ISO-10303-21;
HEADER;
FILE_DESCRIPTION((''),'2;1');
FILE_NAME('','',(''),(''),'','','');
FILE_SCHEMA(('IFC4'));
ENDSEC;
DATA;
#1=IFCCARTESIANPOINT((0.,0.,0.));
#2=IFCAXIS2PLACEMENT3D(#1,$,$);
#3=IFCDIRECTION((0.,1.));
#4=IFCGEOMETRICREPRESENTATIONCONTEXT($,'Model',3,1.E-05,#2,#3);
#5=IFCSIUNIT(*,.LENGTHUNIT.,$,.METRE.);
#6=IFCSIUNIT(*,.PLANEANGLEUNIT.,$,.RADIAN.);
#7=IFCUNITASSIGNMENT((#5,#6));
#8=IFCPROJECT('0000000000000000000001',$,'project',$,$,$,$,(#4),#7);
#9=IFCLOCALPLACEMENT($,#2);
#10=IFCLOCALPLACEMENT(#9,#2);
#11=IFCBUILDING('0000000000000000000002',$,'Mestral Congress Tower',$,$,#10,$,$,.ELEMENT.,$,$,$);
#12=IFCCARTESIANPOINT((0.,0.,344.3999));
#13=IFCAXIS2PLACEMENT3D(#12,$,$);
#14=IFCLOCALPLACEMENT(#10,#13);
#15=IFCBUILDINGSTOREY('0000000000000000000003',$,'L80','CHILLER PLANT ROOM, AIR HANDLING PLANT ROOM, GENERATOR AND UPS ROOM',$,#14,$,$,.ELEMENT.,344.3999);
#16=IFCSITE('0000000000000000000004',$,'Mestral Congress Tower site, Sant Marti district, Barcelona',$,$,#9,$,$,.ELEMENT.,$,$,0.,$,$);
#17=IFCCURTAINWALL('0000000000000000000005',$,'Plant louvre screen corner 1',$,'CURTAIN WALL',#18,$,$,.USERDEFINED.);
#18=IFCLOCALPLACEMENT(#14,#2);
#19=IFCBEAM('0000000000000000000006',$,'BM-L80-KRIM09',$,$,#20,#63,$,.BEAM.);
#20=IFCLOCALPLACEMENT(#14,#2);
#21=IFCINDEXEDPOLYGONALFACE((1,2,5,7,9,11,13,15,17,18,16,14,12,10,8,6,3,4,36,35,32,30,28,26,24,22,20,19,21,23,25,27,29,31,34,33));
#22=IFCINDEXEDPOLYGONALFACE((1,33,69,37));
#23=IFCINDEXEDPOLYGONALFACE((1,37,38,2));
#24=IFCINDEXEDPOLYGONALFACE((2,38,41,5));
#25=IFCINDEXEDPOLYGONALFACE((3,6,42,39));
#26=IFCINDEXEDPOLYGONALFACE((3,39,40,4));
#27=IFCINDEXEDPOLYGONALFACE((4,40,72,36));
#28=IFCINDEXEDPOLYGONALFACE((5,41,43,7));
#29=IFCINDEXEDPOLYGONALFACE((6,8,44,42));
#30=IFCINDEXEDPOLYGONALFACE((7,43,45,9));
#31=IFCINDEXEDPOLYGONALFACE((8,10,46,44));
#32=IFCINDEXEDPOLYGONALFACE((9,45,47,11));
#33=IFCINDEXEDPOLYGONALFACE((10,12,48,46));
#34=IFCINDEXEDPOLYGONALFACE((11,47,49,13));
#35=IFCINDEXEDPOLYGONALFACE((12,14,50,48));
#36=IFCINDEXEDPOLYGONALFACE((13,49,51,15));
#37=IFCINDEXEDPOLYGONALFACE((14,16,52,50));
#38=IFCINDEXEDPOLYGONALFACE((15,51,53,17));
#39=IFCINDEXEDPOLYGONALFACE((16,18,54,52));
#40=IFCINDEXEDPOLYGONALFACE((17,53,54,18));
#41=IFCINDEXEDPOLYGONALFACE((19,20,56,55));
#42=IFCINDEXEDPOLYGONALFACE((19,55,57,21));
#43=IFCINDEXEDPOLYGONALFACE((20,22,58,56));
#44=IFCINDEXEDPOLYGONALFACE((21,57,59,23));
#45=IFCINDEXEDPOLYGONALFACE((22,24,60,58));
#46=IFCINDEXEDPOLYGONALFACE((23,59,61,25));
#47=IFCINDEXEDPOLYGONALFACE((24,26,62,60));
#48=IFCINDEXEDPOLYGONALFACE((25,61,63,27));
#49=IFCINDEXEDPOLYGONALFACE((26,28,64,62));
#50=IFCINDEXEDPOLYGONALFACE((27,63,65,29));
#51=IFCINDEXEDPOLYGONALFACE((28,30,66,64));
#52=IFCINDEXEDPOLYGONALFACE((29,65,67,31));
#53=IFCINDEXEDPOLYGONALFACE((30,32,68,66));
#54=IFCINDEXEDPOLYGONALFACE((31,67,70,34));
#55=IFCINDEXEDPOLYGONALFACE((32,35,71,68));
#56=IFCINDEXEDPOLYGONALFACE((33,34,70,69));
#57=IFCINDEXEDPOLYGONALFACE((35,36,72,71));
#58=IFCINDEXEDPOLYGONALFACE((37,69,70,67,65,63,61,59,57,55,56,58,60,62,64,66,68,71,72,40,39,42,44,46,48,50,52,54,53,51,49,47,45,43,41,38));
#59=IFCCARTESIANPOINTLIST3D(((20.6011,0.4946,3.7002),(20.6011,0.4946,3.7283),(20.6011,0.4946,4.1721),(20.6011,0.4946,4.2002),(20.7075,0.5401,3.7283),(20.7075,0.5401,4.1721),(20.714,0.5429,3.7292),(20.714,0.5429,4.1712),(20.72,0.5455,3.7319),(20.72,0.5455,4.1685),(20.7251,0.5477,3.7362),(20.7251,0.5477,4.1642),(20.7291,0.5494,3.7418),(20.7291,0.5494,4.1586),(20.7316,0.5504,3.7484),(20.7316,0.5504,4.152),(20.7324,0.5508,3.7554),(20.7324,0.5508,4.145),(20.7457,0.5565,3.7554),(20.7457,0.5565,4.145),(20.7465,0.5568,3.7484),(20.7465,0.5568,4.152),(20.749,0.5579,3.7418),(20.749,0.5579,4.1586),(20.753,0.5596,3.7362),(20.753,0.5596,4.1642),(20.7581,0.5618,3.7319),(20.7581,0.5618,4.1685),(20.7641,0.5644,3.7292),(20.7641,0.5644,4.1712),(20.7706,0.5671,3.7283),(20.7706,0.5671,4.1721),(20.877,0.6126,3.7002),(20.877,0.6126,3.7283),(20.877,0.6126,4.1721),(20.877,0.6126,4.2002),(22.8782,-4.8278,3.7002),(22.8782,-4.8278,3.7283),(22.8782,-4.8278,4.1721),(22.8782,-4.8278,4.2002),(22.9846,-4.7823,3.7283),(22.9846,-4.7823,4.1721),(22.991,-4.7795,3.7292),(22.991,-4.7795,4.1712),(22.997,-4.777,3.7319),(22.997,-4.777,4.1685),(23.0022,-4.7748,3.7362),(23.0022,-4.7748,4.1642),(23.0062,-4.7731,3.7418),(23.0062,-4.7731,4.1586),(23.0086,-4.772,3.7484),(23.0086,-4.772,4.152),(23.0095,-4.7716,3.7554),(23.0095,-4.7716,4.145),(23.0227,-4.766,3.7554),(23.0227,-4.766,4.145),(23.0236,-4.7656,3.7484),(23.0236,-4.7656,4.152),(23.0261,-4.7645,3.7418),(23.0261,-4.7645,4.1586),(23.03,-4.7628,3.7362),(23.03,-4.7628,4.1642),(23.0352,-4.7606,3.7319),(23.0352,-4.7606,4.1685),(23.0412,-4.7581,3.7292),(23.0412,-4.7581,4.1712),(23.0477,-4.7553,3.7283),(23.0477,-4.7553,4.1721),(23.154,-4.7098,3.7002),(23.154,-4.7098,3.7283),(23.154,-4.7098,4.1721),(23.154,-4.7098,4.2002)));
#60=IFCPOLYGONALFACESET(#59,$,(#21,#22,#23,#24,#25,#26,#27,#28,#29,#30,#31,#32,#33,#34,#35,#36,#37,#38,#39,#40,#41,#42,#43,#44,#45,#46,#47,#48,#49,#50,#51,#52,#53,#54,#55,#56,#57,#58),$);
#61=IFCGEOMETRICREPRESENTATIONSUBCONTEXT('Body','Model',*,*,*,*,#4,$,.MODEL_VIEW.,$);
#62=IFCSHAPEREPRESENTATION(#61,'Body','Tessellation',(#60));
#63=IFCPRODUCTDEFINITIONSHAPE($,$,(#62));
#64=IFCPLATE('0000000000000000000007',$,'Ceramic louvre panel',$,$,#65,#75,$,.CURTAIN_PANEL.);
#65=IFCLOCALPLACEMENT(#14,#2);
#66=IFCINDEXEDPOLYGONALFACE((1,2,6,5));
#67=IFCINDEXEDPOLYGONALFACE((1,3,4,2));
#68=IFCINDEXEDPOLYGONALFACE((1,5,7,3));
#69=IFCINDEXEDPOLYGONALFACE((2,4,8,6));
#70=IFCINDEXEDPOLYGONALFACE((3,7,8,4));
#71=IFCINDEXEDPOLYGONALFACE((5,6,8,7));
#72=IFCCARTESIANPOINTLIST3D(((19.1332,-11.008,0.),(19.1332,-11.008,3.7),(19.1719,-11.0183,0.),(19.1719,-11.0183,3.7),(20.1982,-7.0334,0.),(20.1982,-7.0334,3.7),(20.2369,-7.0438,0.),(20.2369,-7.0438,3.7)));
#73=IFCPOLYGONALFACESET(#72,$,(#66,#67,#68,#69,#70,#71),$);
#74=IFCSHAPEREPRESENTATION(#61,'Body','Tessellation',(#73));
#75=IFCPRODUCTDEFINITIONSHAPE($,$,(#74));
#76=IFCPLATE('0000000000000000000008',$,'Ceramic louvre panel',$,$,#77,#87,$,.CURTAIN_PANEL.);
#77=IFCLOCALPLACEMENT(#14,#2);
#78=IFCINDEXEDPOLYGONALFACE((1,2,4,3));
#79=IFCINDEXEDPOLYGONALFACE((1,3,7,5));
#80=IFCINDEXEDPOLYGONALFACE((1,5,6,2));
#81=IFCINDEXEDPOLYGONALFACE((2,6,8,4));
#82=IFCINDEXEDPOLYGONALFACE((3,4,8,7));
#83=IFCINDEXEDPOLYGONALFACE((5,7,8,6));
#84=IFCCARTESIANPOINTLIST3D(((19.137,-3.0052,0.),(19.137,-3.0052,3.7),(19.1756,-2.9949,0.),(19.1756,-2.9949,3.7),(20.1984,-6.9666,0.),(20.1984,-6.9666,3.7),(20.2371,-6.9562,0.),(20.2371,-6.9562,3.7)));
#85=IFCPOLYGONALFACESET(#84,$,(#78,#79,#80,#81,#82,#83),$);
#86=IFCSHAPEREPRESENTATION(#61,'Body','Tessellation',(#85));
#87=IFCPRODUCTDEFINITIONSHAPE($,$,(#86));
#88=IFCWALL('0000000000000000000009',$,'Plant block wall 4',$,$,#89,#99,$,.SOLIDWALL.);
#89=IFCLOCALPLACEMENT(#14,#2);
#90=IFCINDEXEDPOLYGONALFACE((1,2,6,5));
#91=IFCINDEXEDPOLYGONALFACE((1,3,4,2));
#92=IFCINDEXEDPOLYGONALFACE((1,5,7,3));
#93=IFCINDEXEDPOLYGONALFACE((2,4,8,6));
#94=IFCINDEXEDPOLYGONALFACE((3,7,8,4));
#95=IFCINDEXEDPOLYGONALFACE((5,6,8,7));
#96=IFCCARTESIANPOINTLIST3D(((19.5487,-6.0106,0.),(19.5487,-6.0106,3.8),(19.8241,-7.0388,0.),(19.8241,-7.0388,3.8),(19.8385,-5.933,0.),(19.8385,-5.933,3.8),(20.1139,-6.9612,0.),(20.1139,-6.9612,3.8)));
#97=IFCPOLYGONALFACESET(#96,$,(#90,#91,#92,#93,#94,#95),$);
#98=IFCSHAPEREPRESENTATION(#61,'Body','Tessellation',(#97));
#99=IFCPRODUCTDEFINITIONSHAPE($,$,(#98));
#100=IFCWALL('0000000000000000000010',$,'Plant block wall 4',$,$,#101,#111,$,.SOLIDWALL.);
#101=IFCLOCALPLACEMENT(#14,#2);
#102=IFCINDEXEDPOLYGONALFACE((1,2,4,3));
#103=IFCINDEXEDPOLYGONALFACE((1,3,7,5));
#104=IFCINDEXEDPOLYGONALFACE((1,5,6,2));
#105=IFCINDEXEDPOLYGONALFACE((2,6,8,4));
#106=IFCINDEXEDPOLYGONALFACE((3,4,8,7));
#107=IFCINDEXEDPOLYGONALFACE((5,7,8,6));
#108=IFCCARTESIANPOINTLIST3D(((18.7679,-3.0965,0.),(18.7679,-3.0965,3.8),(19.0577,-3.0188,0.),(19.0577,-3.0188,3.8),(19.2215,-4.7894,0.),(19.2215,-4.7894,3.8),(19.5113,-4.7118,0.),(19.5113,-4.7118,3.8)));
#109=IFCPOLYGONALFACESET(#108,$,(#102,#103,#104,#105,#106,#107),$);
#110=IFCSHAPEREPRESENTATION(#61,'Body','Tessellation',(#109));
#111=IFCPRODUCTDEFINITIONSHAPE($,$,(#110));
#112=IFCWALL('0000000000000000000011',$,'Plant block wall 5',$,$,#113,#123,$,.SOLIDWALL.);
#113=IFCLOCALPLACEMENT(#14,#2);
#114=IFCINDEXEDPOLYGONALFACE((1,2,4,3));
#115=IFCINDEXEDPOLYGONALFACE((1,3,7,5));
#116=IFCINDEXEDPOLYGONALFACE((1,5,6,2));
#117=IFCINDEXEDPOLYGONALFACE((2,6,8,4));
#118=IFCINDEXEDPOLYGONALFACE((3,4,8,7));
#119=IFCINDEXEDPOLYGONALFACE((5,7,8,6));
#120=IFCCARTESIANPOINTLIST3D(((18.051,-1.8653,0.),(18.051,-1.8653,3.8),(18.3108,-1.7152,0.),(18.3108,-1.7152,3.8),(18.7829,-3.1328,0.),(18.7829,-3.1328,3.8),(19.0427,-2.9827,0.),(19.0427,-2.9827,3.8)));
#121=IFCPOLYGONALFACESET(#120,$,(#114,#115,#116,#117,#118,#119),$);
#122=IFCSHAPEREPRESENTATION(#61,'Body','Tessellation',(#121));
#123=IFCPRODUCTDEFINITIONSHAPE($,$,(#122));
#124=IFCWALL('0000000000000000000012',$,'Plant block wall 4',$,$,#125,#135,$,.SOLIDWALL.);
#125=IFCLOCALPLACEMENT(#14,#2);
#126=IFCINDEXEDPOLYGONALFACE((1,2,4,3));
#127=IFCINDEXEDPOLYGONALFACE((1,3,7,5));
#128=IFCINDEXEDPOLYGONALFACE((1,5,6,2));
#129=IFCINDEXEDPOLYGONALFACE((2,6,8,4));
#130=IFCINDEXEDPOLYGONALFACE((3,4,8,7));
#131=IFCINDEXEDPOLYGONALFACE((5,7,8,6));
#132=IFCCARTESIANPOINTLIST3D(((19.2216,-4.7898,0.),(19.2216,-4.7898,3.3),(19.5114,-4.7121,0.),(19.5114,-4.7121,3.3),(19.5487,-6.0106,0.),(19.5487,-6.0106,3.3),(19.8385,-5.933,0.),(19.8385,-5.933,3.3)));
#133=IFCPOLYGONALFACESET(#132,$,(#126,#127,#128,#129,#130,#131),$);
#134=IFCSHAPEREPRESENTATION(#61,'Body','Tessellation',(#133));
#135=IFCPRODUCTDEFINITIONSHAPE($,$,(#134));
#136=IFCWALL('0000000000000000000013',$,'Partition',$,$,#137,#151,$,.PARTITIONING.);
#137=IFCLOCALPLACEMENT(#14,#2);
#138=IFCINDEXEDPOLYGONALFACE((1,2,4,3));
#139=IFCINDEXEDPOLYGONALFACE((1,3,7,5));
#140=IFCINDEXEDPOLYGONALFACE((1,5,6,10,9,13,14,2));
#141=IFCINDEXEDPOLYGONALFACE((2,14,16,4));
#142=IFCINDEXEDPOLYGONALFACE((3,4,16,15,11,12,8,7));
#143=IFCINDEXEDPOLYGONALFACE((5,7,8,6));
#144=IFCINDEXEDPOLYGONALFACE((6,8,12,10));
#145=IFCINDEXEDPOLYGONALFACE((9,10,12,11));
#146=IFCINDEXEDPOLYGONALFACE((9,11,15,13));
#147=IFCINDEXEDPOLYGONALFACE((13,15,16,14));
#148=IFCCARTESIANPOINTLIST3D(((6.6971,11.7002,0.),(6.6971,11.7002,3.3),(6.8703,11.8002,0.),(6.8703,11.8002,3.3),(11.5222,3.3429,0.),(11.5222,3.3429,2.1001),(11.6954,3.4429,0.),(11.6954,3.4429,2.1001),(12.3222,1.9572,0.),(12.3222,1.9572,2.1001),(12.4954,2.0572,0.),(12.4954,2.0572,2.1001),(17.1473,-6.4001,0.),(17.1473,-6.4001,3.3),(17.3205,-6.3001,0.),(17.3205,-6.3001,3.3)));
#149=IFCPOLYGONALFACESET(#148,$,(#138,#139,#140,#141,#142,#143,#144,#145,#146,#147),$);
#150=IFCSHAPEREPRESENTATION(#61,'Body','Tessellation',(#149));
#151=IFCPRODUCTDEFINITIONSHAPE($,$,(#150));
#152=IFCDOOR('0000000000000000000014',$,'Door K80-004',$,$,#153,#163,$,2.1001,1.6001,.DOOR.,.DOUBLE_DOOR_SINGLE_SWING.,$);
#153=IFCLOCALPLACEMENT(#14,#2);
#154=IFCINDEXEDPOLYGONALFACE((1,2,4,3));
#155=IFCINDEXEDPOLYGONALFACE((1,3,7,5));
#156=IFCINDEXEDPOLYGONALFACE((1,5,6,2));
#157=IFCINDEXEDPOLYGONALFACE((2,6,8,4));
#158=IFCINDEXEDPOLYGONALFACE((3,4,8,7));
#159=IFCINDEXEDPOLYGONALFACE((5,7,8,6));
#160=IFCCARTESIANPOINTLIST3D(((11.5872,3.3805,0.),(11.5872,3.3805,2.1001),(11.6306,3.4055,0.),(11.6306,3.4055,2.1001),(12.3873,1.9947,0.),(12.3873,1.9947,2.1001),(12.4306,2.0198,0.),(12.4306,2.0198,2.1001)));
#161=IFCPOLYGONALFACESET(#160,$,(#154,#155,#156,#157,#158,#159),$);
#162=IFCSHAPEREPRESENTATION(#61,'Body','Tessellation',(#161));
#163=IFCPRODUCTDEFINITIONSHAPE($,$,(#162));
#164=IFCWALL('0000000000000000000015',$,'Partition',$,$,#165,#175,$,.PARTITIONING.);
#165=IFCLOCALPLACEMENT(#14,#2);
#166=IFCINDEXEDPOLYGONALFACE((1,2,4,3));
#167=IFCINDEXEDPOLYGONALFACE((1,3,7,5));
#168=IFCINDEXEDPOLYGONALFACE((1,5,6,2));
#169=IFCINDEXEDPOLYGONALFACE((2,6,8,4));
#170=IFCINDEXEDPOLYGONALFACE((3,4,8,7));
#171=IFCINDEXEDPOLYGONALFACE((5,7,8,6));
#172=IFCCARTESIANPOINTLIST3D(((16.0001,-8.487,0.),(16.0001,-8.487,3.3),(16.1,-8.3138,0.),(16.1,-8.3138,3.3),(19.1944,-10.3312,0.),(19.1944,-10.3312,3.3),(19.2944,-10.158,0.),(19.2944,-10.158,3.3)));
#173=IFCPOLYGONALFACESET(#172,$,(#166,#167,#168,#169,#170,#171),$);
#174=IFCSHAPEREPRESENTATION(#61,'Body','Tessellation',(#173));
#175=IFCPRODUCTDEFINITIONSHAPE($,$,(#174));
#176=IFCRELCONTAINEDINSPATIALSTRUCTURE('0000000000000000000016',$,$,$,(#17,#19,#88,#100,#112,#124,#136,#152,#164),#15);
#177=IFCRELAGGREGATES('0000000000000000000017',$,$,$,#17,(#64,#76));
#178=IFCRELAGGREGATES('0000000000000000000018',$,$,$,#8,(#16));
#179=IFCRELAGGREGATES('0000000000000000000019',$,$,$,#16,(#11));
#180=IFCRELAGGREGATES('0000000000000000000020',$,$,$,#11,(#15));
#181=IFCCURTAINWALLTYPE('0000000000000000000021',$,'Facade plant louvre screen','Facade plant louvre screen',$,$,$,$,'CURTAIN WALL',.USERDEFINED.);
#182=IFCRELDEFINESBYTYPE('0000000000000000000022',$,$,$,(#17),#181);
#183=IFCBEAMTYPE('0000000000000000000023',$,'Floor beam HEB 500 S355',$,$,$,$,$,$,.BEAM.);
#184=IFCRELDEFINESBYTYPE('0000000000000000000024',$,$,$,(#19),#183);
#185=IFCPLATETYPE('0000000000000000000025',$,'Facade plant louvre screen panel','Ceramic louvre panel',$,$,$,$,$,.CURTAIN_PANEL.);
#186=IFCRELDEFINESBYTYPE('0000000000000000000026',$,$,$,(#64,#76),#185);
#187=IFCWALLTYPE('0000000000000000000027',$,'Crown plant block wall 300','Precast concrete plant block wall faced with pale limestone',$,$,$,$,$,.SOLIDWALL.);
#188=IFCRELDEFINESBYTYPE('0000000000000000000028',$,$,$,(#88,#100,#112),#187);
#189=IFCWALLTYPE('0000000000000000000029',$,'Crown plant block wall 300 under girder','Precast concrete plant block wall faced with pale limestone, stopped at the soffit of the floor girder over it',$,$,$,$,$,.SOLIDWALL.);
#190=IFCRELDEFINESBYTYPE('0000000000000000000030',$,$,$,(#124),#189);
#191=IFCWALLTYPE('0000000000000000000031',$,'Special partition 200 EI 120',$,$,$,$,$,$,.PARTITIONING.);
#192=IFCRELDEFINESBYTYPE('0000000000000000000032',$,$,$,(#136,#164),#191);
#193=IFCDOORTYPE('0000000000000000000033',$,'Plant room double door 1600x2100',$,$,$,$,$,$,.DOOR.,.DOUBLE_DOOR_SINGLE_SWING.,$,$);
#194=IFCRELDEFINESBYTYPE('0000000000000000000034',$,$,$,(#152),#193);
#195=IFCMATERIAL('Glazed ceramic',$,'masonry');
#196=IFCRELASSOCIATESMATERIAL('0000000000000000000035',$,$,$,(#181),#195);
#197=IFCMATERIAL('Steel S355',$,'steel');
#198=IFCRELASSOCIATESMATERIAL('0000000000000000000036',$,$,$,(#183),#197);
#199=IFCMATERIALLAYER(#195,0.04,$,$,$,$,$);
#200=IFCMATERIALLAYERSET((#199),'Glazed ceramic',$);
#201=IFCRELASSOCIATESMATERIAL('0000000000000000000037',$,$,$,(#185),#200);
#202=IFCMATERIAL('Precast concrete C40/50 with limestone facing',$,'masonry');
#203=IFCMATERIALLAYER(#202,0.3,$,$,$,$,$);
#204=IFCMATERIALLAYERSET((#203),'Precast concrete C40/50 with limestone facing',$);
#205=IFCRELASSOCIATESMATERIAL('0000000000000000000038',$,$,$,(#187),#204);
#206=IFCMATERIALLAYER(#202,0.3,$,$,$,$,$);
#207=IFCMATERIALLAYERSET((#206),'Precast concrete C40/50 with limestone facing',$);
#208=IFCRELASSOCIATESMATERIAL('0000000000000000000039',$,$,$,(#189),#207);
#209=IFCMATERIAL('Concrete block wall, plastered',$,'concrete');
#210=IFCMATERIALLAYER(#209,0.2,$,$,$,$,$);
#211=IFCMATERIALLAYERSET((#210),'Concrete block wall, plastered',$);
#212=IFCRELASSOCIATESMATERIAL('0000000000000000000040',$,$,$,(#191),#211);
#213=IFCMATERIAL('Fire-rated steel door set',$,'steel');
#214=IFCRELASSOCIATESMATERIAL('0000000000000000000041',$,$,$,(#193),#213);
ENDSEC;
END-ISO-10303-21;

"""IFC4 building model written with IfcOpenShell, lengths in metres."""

from ifc_helpers import new_model, si_unit, direction, frame, frame_2d, origin, origin_2d, place, context, subcontext, project, spatial, rectangle, i_section, extrude, material, layer, layer_set, material_profile, profile_set, type_object, element, fill, aggregate, save


model = new_model("IFC4")

# Units and contexts
model_context = context("Model", 3, precision=1e-05, world=origin(), true_north=direction((0.0, 1.0)))
body_context = subcontext(model_context, "Body", "Model", "MODEL_VIEW")
ifc_project = project(units=[si_unit("LENGTHUNIT", "METRE"), si_unit("PLANEANGLEUNIT", "RADIAN")], contexts=[model_context])

# Site, building, storey
site_placement = place(None, origin())
site = spatial("IfcSite", under=ifc_project, at=site_placement, Name="Mestral Congress Tower site, Sant Marti district, Barcelona", CompositionType="ELEMENT", RefElevation=0.0)
building_placement = place(site_placement, origin())
building = spatial("IfcBuilding", under=site, at=building_placement, Name="Mestral Congress Tower", CompositionType="ELEMENT")
storey_placement = place(building_placement, frame((0.0, 0.0, 344.3999)))
storey = spatial("IfcBuildingStorey", under=building, at=storey_placement, Name="L80", Description="CHILLER PLANT ROOM, AIR HANDLING PLANT ROOM, GENERATOR AND UPS ROOM", CompositionType="ELEMENT", Elevation=344.3999)

# Shared definitions
ifc_material_1 = material(Name="Steel S355", Category="steel")

# Curtain wall
ifc_material_2 = material(Name="Glazed ceramic", Category="masonry")
curtain_wall_type = type_object("IfcCurtainWallType", Name="Facade plant louvre screen", Description="Facade plant louvre screen", ElementType="CURTAIN WALL", PredefinedType="USERDEFINED", material=ifc_material_2)
placement = place(storey_placement, origin())
curtain_wall_1 = element("IfcCurtainWall", 1, at=placement, inside=storey, type_object=curtain_wall_type, Name="Plant louvre screen corner 1", ObjectType="CURTAIN WALL", PredefinedType="USERDEFINED")

# Beam
ifc_material_profile_1 = material_profile(ifc_material_1, i_section(OverallWidth=0.3, OverallDepth=0.5, WebThickness=0.0144, FlangeThickness=0.0281, FilletRadius=0.0271, at=origin_2d()), Name="HEB 500")
ifc_profile_set_1 = profile_set([ifc_material_profile_1], Name="Steel S355")
beam_type_1 = type_object("IfcBeamType", Name="Floor beam HEB 500 S355", PredefinedType="BEAM", material=ifc_profile_set_1)
beam_1_placement = place(storey_placement, frame((23.0161, -4.7688, 3.9502), z_axis=(-0.393339, 0.919394, 0.0), x_axis=(-0.919394, -0.393339, 0.0)))
element("IfcBeam", 2, at=beam_1_placement, inside=storey, type_object=beam_type_1, Name="BM-L80-KRIM09", PredefinedType="BEAM", context=body_context, shape_type="SweptSolid", body=[
    extrude(i_section(OverallWidth=0.3, OverallDepth=0.5, WebThickness=0.0144, FlangeThickness=0.0281, FilletRadius=0.0271, at=origin_2d()), origin(), (0.0, 0.0, 1.0), 5.7891),
])

# Plates
ifc_layer_1 = layer(ifc_material_2, 0.04)
ifc_layer_set_1 = layer_set([ifc_layer_1], Name="Glazed ceramic")
plate_type = type_object("IfcPlateType", Name="Facade plant louvre screen panel", Description="Ceramic louvre panel", PredefinedType="CURTAIN_PANEL", material=ifc_layer_set_1)
plate_1_placement = place(storey_placement, frame((19.6851, -9.0259, 0.0), z_axis=(0.0, 0.0, 1.0), x_axis=(0.258819, 0.965926, 0.0)))
plate_1 = element("IfcPlate", 3, at=plate_1_placement, type_object=plate_type, Name="Ceramic louvre panel", PredefinedType="CURTAIN_PANEL", context=body_context, shape_type="SweptSolid", body=[
    extrude(rectangle(XDim=4.1147, YDim=0.04, at=origin_2d()), origin(), (0.0, 0.0, 1.0), 3.7),
])
plate_2_placement = place(storey_placement, frame((19.687, -4.9807, 0.0), z_axis=(0.0, 0.0, 1.0), x_axis=(-0.258819, 0.965926, 0.0)))
plate_2 = element("IfcPlate", 4, at=plate_2_placement, type_object=plate_type, Name="Ceramic louvre panel", PredefinedType="CURTAIN_PANEL", context=body_context, shape_type="SweptSolid", body=[
    extrude(rectangle(XDim=4.1011, YDim=0.04, at=origin_2d()), origin(), (0.0, 0.0, 1.0), 3.7),
])
aggregate(curtain_wall_1, [plate_1, plate_2])

# Walls
ifc_material_3 = material(Name="Precast concrete C40/50 with limestone facing", Category="masonry")
ifc_layer_2 = layer(ifc_material_3, 0.3)
ifc_layer_set_2 = layer_set([ifc_layer_2], Name="Precast concrete C40/50 with limestone facing")
wall_type_1 = type_object("IfcWallType", Name="Crown plant block wall 300", Description="Precast concrete plant block wall faced with pale limestone", PredefinedType="SOLIDWALL", material=ifc_layer_set_2)
wall_1_placement = place(storey_placement, frame((19.969, -7.0, 0.0), z_axis=(0.0, 0.0, 1.0), x_axis=(-0.25869, 0.96596, 0.0)))
element("IfcWall", 5, at=wall_1_placement, inside=storey, type_object=wall_type_1, Name="Plant block wall 4", PredefinedType="SOLIDWALL", context=body_context, shape_type="SweptSolid", body=[
    extrude(rectangle(XDim=1.0645, YDim=0.3, at=frame_2d((0.5322, 0.0))), origin(), (0.0, 0.0, 1.0), 3.8),
])
wall_2_placement = place(storey_placement, frame((19.3665, -4.7507, 0.0), z_axis=(0.0, 0.0, 1.0), x_axis=(-0.258824, 0.965924, 0.0)))
element("IfcWall", 6, at=wall_2_placement, inside=storey, type_object=wall_type_1, Name="Plant block wall 4", PredefinedType="SOLIDWALL", context=body_context, shape_type="SweptSolid", body=[
    extrude(rectangle(XDim=1.7527, YDim=0.3, at=frame_2d((0.8765, 0.0))), origin(), (0.0, 0.0, 1.0), 3.8),
])
wall_3_placement = place(storey_placement, frame((18.9128, -3.0579, 0.0), z_axis=(0.0, 0.0, 1.0), x_axis=(-0.50005, 0.865997, 0.0)))
element("IfcWall", 7, at=wall_3_placement, inside=storey, type_object=wall_type_1, Name="Plant block wall 5", PredefinedType="SOLIDWALL", context=body_context, shape_type="SweptSolid", body=[
    extrude(rectangle(XDim=1.4636, YDim=0.3, at=frame_2d((0.7319, 0.0))), origin(), (0.0, 0.0, 1.0), 3.8),
])
ifc_layer_3 = layer(ifc_material_3, 0.3)
ifc_layer_set_3 = layer_set([ifc_layer_3], Name="Precast concrete C40/50 with limestone facing")
wall_type_2 = type_object("IfcWallType", Name="Crown plant block wall 300 under girder", Description="Precast concrete plant block wall faced with pale limestone, stopped at the soffit of the floor girder over it", PredefinedType="SOLIDWALL", material=ifc_layer_set_3)
wall_4_placement = place(storey_placement, frame((19.6936, -5.9717, 0.0), z_axis=(0.0, 0.0, 1.0), x_axis=(-0.258817, 0.965926, 0.0)))
element("IfcWall", 8, at=wall_4_placement, inside=storey, type_object=wall_type_2, Name="Plant block wall 4", PredefinedType="SOLIDWALL", context=body_context, shape_type="SweptSolid", body=[
    extrude(rectangle(XDim=1.2639, YDim=0.3, at=frame_2d((0.6318, 0.0))), origin(), (0.0, 0.0, 1.0), 3.3),
])

# Wall, opening, door
ifc_material_4 = material(Name="Concrete block wall, plastered", Category="concrete")
ifc_layer_4 = layer(ifc_material_4, 0.2)
ifc_layer_set_4 = layer_set([ifc_layer_4], Name="Concrete block wall, plastered")
wall_type_3 = type_object("IfcWallType", Name="Special partition 200 EI 120", PredefinedType="PARTITIONING", material=ifc_layer_set_4)
wall_5_placement = place(storey_placement, frame((17.2339, -6.3501, 0.0), z_axis=(0.0, 0.0, 1.0), x_axis=(-0.499998, 0.866026, 0.0)))
wall_5 = element("IfcWall", 9, at=wall_5_placement, inside=storey, type_object=wall_type_3, Name="Partition", PredefinedType="PARTITIONING", context=body_context, shape_type="SweptSolid", body=[
    extrude(rectangle(XDim=20.9004, YDim=0.2, at=frame_2d((10.4502, 0.0))), origin(), (0.0, 0.0, 1.0), 3.3),
])
opening_placement = place(wall_5_placement, frame((9.6501, 0.0, 0.0)))
opening = element("IfcOpeningElement", 10, at=opening_placement, cuts=wall_5, PredefinedType="OPENING", context=body_context, shape_type="SweptSolid", body=[
    extrude(rectangle(XDim=1.6001, YDim=2.1001, at=frame_2d((0.8, 1.05))), frame((0.0, 0.1099, 0.0), z_axis=(0.0, -1.0, 0.0), x_axis=(1.0, 0.0, 0.0)), (0.0, 0.0, 1.0), 0.22),
])
ifc_material_5 = material(Name="Fire-rated steel door set", Category="steel")
door_type = type_object("IfcDoorType", Name="Plant room double door 1600x2100", OperationType="DOUBLE_DOOR_SINGLE_SWING", PredefinedType="DOOR", material=ifc_material_5)
door_placement = place(opening_placement, origin())
door = element("IfcDoor", 11, at=door_placement, inside=storey, type_object=door_type, Name="Door K80-004", OperationType="DOUBLE_DOOR_SINGLE_SWING", OverallHeight=2.1001, OverallWidth=1.6001, PredefinedType="DOOR", context=body_context, shape_type="SweptSolid", body=[
    extrude(rectangle(XDim=1.6001, YDim=2.1001, at=frame_2d((0.8, 1.05))), frame((0.0, 0.0249, 0.0), z_axis=(0.0, -1.0, 0.0), x_axis=(1.0, 0.0, 0.0)), (0.0, 0.0, 1.0), 0.05),
])
fill(opening, door)

# Wall
wall_6_placement = place(storey_placement, frame((16.05, -8.4004, 0.0), z_axis=(0.0, 0.0, 1.0), x_axis=(0.866027, -0.499997, 0.0)))
element("IfcWall", 12, at=wall_6_placement, inside=storey, type_object=wall_type_3, Name="Partition", PredefinedType="PARTITIONING", context=body_context, shape_type="SweptSolid", body=[
    extrude(rectangle(XDim=3.6885, YDim=0.2, at=frame_2d((1.8442, 0.0))), origin(), (0.0, 0.0, 1.0), 3.3),
])

save(model, "model.ifc")
